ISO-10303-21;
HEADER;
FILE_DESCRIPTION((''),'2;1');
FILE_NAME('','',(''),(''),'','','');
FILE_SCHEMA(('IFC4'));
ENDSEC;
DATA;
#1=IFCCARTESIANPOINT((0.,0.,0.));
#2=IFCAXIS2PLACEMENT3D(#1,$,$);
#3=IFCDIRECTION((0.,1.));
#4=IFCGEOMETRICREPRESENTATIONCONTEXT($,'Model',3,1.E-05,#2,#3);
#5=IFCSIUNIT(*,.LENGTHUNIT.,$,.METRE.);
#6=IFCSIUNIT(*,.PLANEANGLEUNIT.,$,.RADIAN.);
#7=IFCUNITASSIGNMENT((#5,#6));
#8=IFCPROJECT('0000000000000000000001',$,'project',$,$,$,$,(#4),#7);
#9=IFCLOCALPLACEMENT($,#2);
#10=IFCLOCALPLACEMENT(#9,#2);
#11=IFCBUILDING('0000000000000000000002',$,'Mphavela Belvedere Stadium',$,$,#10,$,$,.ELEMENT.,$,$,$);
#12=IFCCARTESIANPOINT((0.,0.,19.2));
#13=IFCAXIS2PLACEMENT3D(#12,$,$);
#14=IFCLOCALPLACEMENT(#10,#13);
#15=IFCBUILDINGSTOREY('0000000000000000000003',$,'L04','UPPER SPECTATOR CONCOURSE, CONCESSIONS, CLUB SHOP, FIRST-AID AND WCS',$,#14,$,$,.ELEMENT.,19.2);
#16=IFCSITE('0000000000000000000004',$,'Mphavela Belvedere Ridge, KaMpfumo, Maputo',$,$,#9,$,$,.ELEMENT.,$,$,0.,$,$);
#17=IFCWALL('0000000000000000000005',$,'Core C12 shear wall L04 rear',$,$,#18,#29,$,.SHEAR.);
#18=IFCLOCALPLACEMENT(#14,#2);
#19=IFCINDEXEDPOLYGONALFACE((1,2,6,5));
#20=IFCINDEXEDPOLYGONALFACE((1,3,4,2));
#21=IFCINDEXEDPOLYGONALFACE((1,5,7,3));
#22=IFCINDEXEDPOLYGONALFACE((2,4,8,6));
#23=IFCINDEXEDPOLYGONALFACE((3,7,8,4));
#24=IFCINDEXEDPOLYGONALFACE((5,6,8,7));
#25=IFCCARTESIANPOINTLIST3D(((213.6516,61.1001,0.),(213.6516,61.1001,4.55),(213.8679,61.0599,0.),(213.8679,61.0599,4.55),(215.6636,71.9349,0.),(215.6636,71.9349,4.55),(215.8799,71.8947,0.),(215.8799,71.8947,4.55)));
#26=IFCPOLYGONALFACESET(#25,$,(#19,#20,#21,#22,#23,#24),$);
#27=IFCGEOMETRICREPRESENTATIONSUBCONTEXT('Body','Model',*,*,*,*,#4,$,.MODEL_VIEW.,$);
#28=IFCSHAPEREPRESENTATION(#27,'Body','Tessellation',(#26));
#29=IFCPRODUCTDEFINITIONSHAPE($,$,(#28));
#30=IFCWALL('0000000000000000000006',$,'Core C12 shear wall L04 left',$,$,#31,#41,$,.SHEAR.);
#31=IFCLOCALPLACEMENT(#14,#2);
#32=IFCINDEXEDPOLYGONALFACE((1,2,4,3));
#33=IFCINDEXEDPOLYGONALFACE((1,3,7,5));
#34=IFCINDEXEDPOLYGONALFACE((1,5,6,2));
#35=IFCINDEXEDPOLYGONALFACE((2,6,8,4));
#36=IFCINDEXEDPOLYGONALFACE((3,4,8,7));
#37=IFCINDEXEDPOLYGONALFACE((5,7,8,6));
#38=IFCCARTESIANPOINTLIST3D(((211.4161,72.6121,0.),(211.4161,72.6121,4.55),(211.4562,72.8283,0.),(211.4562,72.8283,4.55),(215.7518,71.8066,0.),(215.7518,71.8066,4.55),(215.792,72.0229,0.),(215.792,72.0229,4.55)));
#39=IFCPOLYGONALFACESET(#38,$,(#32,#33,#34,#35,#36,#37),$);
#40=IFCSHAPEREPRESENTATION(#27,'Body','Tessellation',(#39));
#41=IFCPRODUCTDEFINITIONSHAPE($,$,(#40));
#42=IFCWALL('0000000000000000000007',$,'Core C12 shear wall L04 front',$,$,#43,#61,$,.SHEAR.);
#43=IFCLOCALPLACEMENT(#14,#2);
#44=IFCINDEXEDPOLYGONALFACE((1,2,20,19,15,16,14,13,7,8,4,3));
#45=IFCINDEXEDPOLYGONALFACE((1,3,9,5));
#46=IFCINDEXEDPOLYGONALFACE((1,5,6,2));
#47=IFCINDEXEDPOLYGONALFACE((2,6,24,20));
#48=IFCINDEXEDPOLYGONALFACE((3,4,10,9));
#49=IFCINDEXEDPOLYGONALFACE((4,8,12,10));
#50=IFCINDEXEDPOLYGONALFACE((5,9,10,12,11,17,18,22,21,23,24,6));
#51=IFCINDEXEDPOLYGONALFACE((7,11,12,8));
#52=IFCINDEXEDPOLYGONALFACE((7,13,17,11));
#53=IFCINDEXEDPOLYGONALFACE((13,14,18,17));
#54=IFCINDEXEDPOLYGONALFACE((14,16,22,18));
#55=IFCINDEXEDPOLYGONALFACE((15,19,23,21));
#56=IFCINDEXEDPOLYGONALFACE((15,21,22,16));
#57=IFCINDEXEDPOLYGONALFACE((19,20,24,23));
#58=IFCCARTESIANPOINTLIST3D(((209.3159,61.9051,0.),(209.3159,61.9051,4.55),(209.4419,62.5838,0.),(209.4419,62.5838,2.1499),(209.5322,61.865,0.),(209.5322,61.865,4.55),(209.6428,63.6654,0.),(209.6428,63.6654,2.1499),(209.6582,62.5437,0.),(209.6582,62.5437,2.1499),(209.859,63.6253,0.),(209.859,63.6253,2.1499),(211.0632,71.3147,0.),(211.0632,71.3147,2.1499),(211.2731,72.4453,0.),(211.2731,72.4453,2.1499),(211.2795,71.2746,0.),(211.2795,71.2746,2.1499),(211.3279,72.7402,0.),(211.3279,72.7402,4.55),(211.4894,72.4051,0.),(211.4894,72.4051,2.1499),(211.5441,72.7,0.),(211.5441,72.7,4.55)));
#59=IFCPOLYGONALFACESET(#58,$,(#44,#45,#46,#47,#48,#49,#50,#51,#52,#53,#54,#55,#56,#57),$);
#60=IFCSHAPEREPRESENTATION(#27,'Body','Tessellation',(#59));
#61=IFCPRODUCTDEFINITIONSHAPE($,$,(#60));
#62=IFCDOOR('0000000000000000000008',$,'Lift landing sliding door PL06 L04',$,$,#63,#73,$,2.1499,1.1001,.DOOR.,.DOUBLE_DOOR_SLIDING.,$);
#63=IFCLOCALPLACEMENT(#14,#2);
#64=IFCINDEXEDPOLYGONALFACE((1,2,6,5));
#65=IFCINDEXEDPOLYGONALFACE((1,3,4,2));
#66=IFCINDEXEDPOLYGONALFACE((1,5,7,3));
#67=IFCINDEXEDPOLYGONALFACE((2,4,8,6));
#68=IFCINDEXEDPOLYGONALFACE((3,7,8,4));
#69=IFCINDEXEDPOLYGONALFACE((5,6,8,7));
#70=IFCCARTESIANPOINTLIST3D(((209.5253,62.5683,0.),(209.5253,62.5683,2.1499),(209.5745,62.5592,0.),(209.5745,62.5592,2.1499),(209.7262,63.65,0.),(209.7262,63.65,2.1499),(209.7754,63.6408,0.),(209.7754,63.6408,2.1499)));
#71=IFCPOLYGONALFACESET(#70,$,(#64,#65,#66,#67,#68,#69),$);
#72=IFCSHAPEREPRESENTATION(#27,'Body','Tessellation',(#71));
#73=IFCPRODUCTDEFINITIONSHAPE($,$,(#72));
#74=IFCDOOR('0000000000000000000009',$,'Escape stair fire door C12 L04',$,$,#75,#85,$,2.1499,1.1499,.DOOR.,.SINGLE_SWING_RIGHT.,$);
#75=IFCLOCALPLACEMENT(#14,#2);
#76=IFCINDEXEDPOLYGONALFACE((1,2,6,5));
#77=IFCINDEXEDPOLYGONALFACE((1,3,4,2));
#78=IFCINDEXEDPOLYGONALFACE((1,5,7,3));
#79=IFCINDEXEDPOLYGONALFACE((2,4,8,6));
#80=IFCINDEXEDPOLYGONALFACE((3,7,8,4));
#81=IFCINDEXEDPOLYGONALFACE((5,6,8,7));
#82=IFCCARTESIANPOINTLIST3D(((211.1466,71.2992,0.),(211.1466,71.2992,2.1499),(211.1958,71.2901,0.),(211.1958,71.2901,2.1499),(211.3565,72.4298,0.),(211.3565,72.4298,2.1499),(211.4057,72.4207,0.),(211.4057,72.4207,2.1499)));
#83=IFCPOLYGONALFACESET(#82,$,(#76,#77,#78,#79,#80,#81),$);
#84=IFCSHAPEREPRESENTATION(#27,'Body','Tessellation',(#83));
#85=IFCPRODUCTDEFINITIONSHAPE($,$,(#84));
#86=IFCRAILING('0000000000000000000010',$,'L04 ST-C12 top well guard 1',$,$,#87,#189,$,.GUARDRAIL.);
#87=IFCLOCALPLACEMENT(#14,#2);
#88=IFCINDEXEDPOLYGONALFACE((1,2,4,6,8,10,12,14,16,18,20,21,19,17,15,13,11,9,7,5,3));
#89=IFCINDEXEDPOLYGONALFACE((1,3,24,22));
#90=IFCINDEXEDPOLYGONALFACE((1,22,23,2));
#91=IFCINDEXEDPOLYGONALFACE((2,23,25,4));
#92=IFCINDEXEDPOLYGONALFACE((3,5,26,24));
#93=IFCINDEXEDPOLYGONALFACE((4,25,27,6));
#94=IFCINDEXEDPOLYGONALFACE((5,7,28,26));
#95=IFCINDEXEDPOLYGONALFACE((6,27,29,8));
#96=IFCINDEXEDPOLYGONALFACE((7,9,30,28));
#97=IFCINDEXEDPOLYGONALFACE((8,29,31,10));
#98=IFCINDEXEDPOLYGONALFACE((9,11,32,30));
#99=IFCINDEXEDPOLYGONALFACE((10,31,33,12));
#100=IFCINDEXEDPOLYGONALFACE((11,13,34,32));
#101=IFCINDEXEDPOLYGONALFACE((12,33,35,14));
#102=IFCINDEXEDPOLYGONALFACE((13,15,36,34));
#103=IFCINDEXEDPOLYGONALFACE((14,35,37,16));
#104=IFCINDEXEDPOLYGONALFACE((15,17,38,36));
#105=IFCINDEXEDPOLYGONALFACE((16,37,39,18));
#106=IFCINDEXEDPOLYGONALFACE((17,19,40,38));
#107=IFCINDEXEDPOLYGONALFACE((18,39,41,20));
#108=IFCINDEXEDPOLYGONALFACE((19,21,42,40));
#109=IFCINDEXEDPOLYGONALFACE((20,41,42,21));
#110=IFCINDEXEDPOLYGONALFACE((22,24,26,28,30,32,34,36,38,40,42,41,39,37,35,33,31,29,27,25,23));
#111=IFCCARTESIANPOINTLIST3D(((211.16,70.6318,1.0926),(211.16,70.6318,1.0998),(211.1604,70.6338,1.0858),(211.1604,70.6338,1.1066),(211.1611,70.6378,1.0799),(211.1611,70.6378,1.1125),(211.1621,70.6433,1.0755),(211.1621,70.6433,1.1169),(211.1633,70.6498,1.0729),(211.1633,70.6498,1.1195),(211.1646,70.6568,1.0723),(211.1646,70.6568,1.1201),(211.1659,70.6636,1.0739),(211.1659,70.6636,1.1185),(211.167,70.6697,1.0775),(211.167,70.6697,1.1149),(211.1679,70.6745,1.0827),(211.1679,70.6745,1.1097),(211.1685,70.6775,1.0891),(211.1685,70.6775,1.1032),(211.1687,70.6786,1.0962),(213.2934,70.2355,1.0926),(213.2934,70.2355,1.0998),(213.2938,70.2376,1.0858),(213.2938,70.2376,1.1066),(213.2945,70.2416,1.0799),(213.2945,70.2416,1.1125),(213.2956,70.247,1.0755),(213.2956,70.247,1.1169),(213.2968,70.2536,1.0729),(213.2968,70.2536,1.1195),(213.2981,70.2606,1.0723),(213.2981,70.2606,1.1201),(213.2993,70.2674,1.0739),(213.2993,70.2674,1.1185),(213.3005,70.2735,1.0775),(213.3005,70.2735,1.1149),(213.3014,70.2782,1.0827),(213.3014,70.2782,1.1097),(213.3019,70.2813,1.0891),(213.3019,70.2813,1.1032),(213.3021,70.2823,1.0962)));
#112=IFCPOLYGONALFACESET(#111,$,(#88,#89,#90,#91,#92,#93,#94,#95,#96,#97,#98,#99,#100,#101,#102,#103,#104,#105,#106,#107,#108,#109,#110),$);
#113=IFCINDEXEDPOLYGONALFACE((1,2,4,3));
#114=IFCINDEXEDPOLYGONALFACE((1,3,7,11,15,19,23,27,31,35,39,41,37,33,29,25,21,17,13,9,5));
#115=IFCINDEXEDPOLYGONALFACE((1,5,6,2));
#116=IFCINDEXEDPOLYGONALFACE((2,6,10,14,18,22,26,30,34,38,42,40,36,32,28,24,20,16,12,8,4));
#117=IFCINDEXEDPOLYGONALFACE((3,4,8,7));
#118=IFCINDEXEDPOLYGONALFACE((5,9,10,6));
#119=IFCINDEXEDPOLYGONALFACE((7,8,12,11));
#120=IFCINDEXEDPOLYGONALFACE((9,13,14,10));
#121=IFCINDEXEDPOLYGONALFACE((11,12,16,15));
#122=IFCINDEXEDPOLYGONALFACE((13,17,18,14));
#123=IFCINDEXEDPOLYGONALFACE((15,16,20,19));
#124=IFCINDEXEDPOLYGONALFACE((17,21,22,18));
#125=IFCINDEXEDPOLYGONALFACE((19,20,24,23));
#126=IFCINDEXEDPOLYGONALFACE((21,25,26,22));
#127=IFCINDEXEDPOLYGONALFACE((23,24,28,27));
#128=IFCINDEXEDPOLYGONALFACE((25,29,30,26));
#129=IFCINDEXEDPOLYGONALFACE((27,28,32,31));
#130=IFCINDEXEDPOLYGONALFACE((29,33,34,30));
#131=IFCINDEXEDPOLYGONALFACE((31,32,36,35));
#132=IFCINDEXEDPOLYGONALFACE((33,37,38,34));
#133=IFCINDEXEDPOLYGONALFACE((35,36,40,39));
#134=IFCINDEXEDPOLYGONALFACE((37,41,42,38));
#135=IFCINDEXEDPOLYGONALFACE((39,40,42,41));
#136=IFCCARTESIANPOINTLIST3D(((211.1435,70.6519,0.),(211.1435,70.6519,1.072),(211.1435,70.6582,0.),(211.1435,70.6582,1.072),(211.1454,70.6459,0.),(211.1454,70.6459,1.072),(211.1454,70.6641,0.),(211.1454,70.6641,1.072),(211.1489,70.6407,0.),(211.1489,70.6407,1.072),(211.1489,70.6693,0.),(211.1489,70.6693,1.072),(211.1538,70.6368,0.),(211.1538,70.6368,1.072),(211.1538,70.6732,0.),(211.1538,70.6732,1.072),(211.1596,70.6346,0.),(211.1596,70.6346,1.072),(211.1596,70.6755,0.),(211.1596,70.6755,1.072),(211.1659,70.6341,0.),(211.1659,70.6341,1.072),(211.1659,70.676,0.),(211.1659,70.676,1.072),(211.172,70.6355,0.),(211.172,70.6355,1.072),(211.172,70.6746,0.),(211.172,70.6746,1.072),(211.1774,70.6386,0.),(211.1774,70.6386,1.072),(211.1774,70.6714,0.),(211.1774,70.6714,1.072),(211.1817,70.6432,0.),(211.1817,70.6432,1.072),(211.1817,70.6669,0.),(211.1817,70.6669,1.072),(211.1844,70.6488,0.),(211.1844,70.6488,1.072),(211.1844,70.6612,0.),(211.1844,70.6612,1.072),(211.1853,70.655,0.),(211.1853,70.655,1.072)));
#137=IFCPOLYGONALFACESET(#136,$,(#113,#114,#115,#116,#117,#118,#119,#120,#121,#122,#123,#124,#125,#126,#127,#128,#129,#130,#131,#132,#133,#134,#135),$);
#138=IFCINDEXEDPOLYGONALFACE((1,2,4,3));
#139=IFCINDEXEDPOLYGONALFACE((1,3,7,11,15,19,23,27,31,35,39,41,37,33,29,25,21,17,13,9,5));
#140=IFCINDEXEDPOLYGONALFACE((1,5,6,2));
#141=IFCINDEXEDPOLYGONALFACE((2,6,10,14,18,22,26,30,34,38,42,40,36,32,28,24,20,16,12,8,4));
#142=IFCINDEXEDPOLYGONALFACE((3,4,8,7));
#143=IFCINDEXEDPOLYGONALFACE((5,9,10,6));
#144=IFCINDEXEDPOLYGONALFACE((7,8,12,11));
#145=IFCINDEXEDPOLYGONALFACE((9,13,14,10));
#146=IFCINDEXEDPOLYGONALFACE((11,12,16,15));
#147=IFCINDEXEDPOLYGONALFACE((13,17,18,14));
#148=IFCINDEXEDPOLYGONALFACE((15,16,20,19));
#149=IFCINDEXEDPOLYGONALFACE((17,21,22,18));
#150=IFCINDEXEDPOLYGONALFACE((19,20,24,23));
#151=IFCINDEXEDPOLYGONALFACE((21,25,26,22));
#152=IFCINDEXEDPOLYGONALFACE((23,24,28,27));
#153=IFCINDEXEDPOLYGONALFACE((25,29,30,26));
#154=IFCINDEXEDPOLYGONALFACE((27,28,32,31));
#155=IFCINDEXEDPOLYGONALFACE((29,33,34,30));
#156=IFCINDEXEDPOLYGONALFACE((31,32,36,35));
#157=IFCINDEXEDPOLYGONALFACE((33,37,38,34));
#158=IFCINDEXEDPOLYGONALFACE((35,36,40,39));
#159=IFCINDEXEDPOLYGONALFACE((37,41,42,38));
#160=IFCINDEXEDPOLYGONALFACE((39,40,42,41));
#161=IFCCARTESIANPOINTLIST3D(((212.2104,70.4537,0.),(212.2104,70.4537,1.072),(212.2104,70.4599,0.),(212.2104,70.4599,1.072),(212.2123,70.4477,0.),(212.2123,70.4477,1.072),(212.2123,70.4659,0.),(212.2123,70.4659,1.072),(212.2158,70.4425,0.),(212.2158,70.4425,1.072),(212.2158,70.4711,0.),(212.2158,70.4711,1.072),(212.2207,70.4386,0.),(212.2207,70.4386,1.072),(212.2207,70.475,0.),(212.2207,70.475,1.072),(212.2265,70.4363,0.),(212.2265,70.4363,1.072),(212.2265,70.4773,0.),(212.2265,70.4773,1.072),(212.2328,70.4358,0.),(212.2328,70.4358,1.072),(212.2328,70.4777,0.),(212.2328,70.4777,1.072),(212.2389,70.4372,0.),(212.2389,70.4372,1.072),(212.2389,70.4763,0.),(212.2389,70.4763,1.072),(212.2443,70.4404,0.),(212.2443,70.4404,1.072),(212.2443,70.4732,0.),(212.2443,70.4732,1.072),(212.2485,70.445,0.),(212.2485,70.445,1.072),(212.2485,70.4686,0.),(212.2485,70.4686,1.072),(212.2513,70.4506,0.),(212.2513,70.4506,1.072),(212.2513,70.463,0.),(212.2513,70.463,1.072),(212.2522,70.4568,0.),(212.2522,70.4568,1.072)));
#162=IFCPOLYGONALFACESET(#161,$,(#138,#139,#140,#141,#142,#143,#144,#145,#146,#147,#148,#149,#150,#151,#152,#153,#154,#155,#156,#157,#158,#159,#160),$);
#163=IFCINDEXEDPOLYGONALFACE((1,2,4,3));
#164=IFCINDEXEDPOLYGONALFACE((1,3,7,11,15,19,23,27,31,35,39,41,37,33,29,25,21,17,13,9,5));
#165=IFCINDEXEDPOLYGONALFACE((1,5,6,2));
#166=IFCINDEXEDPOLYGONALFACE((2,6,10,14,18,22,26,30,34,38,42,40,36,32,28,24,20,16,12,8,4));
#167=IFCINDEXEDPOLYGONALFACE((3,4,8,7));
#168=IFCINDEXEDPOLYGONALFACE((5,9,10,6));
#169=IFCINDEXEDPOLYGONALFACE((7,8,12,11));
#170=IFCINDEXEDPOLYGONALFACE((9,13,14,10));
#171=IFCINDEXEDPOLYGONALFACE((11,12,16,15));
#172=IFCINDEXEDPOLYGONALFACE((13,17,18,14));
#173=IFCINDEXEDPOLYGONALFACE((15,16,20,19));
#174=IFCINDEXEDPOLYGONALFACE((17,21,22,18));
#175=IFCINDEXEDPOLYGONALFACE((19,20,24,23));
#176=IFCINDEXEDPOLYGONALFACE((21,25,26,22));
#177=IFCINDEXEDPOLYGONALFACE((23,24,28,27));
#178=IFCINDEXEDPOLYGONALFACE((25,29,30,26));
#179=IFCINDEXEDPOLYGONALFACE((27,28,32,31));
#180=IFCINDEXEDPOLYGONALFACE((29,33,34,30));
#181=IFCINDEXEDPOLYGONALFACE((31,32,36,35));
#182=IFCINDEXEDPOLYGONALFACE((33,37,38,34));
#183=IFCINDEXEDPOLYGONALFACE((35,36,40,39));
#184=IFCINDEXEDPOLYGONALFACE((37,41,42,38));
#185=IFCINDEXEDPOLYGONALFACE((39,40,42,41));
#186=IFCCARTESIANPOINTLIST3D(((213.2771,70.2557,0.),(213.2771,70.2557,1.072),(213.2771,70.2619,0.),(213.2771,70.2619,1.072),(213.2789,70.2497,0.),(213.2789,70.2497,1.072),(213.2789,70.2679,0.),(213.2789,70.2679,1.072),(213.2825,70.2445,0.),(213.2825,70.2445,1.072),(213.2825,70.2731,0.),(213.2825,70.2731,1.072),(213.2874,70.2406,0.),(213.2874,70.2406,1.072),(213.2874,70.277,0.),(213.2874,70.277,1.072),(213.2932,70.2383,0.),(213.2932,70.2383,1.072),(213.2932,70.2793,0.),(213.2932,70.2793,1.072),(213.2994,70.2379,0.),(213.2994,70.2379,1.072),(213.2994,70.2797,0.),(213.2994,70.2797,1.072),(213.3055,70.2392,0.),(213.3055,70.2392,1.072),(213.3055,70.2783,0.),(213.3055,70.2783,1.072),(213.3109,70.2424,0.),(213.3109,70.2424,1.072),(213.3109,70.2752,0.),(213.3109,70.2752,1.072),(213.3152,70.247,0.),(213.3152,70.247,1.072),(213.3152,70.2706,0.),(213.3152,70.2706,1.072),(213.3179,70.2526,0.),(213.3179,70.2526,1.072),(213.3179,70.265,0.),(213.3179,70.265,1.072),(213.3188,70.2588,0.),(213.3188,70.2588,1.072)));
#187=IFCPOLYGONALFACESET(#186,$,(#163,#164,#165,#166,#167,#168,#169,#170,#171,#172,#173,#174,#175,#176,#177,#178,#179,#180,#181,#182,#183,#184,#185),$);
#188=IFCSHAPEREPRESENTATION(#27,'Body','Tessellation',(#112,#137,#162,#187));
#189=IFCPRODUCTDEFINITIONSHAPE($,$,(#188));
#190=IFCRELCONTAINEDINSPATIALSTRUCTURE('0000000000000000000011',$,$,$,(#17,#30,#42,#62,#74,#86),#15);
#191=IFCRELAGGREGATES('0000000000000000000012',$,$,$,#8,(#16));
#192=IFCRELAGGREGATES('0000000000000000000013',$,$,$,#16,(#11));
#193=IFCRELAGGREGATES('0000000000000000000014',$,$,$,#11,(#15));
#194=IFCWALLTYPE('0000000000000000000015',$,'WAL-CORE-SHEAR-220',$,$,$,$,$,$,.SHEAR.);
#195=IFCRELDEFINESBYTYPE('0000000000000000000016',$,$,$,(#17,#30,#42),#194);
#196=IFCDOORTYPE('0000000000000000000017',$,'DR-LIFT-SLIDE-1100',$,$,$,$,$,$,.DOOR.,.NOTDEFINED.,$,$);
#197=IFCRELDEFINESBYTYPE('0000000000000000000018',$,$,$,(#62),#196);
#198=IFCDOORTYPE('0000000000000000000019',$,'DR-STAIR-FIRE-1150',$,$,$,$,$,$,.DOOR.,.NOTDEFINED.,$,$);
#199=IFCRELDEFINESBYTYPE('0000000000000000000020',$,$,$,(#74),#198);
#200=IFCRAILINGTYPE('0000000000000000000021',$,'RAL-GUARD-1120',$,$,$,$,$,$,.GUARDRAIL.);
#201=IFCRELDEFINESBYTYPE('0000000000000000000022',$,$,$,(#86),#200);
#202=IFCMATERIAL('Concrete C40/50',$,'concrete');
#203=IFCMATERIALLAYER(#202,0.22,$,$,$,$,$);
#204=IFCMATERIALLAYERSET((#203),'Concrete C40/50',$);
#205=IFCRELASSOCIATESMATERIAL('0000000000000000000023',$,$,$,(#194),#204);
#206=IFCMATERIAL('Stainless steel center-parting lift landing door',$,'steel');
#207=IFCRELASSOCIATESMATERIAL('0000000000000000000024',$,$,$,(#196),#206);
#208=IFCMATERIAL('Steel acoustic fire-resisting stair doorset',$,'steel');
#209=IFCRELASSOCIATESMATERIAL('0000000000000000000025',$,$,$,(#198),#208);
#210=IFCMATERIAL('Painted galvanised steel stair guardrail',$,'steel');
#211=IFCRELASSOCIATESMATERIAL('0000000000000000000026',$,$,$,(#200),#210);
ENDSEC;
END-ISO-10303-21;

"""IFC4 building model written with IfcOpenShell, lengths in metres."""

from ifc_helpers import new_model, si_unit, direction, frame, frame_2d, origin, origin_2d, place, context, subcontext, project, spatial, rectangle, circle, extrude, material, layer, layer_set, type_object, element, fill, save


model = new_model("IFC4")

# Units and contexts
model_context = context("Model", 3, precision=1e-05, world=origin(), true_north=direction((0.0, 1.0)))
body_context = subcontext(model_context, "Body", "Model", "MODEL_VIEW")
ifc_project = project(units=[si_unit("LENGTHUNIT", "METRE"), si_unit("PLANEANGLEUNIT", "RADIAN")], contexts=[model_context])

# Site, building, storey
site_placement = place(None, origin())
site = spatial("IfcSite", under=ifc_project, at=site_placement, Name="Mphavela Belvedere Ridge, KaMpfumo, Maputo", CompositionType="ELEMENT", RefElevation=0.0)
building_placement = place(site_placement, origin())
building = spatial("IfcBuilding", under=site, at=building_placement, Name="Mphavela Belvedere Stadium", CompositionType="ELEMENT")
storey_placement = place(building_placement, frame((0.0, 0.0, 19.2)))
storey = spatial("IfcBuildingStorey", under=building, at=storey_placement, Name="L04", Description="UPPER SPECTATOR CONCOURSE, CONCESSIONS, CLUB SHOP, FIRST-AID AND WCS", CompositionType="ELEMENT", Elevation=19.2)

# Walls
ifc_material_1 = material(Name="Concrete C40/50", Category="concrete")
ifc_layer_1 = layer(ifc_material_1, 0.22)
ifc_layer_set_1 = layer_set([ifc_layer_1], Name="Concrete C40/50")
wall_type = type_object("IfcWallType", Name="WAL-CORE-SHEAR-220", PredefinedType="SHEAR", material=ifc_layer_set_1)
wall_1_placement = place(storey_placement, frame((215.7717, 71.9148, 0.0), z_axis=(0.0, 0.0, 1.0), x_axis=(-0.182575, -0.983192, 0.0)))
element("IfcWall", 1, at=wall_1_placement, inside=storey, type_object=wall_type, Name="Core C12 shear wall L04 rear", PredefinedType="SHEAR", context=body_context, shape_type="SweptSolid", body=[
    extrude(rectangle(XDim=11.02, YDim=0.22, at=frame_2d((5.51, 0.0))), origin(), (0.0, 0.0, 1.0), 4.55),
])
wall_2_placement = place(storey_placement, frame((211.436, 72.7202, 0.0), z_axis=(0.0, 0.0, 1.0), x_axis=(0.98318, -0.18264, 0.0)))
element("IfcWall", 2, at=wall_2_placement, inside=storey, type_object=wall_type, Name="Core C12 shear wall L04 left", PredefinedType="SHEAR", context=body_context, shape_type="SweptSolid", body=[
    extrude(rectangle(XDim=4.4099, YDim=0.22, at=frame_2d((2.2051, 0.0))), origin(), (0.0, 0.0, 1.0), 4.55),
])

# Wall, openings, doors
wall_3_placement = place(storey_placement, frame((211.436, 72.7202, 0.0), z_axis=(0.0, 0.0, 1.0), x_axis=(-0.182571, -0.983193, 0.0)))
wall_3 = element("IfcWall", 3, at=wall_3_placement, inside=storey, type_object=wall_type, Name="Core C12 shear wall L04 front", PredefinedType="SHEAR", context=body_context, shape_type="SweptSolid", body=[
    extrude(rectangle(XDim=11.0203, YDim=0.22, at=frame_2d((5.5103, 0.0))), origin(), (0.0, 0.0, 1.0), 4.55),
])
opening_1_placement = place(wall_3_placement, frame((0.3, 0.0, 0.0)))
opening_1 = element("IfcOpeningElement", 4, at=opening_1_placement, cuts=wall_3, PredefinedType="OPENING", context=body_context, shape_type="SweptSolid", body=[
    extrude(rectangle(XDim=1.1499, YDim=2.1499, at=frame_2d((0.575, 1.075))), frame((0.0, 0.1201, 0.0), z_axis=(0.0, -1.0, 0.0), x_axis=(1.0, 0.0, 0.0)), (0.0, 0.0, 1.0), 0.24),
])
opening_2_placement = place(wall_3_placement, frame((9.23, 0.0, 0.0)))
opening_2 = element("IfcOpeningElement", 5, at=opening_2_placement, cuts=wall_3, PredefinedType="OPENING", context=body_context, shape_type="SweptSolid", body=[
    extrude(rectangle(XDim=1.1001, YDim=2.1499, at=frame_2d((0.55, 1.075))), frame((0.0, 0.1201, 0.0), z_axis=(0.0, -1.0, 0.0), x_axis=(1.0, 0.0, 0.0)), (0.0, 0.0, 1.0), 0.24),
])
ifc_material_2 = material(Name="Stainless steel center-parting lift landing door", Category="steel")
door_type_1 = type_object("IfcDoorType", Name="DR-LIFT-SLIDE-1100", OperationType="NOTDEFINED", PredefinedType="DOOR", material=ifc_material_2)
door_1_placement = place(opening_2_placement, origin())
door_1 = element("IfcDoor", 6, at=door_1_placement, inside=storey, type_object=door_type_1, Name="Lift landing sliding door PL06 L04", OperationType="DOUBLE_DOOR_SLIDING", OverallHeight=2.1499, OverallWidth=1.1001, PredefinedType="DOOR", context=body_context, shape_type="SweptSolid", body=[
    extrude(rectangle(XDim=1.1001, YDim=2.1499, at=frame_2d((0.55, 1.075))), frame((0.0, 0.0249, 0.0), z_axis=(0.0, -1.0, 0.0), x_axis=(1.0, 0.0, 0.0)), (0.0, 0.0, 1.0), 0.05),
])
fill(opening_2, door_1)
ifc_material_3 = material(Name="Steel acoustic fire-resisting stair doorset", Category="steel")
door_type_2 = type_object("IfcDoorType", Name="DR-STAIR-FIRE-1150", OperationType="NOTDEFINED", PredefinedType="DOOR", material=ifc_material_3)
door_2_placement = place(opening_1_placement, origin())
door_2 = element("IfcDoor", 7, at=door_2_placement, inside=storey, type_object=door_type_2, Name="Escape stair fire door C12 L04", OperationType="SINGLE_SWING_RIGHT", OverallHeight=2.1499, OverallWidth=1.1499, PredefinedType="DOOR", context=body_context, shape_type="SweptSolid", body=[
    extrude(rectangle(XDim=1.1499, YDim=2.1499, at=frame_2d((0.575, 1.075))), frame((0.0, 0.0249, 0.0), z_axis=(0.0, -1.0, 0.0), x_axis=(1.0, 0.0, 0.0)), (0.0, 0.0, 1.0), 0.05),
])
fill(opening_1, door_2)

# Railing
ifc_material_4 = material(Name="Painted galvanised steel stair guardrail", Category="steel")
railing_type = type_object("IfcRailingType", Name="RAL-GUARD-1120", PredefinedType="GUARDRAIL", material=ifc_material_4)
railing_placement = place(storey_placement, frame((211.1643, 70.655, 0.0)))
element("IfcRailing", 8, at=railing_placement, inside=storey, type_object=railing_type, Name="L04 ST-C12 top well guard 1", PredefinedType="GUARDRAIL", context=body_context, shape_type="SweptSolid", body=[
    extrude(circle(Radius=0.0239, at=origin_2d()), frame((0.0, 0.0, 1.0962), z_axis=(0.983188, -0.182597, 0.0), x_axis=(0.182597, 0.983188, 0.0)), (0.0, 0.0, 1.0), 2.1699),
    extrude(circle(Radius=0.021, at=origin_2d()), origin(), (0.0, 0.0, 1.0), 1.072),
    extrude(circle(Radius=0.021, at=origin_2d()), frame((1.0669, -0.1982, 0.0)), (0.0, 0.0, 1.0), 1.072),
    extrude(circle(Radius=0.021, at=origin_2d()), frame((2.1335, -0.3962, 0.0)), (0.0, 0.0, 1.0), 1.072),
])

save(model, "model.ifc")
